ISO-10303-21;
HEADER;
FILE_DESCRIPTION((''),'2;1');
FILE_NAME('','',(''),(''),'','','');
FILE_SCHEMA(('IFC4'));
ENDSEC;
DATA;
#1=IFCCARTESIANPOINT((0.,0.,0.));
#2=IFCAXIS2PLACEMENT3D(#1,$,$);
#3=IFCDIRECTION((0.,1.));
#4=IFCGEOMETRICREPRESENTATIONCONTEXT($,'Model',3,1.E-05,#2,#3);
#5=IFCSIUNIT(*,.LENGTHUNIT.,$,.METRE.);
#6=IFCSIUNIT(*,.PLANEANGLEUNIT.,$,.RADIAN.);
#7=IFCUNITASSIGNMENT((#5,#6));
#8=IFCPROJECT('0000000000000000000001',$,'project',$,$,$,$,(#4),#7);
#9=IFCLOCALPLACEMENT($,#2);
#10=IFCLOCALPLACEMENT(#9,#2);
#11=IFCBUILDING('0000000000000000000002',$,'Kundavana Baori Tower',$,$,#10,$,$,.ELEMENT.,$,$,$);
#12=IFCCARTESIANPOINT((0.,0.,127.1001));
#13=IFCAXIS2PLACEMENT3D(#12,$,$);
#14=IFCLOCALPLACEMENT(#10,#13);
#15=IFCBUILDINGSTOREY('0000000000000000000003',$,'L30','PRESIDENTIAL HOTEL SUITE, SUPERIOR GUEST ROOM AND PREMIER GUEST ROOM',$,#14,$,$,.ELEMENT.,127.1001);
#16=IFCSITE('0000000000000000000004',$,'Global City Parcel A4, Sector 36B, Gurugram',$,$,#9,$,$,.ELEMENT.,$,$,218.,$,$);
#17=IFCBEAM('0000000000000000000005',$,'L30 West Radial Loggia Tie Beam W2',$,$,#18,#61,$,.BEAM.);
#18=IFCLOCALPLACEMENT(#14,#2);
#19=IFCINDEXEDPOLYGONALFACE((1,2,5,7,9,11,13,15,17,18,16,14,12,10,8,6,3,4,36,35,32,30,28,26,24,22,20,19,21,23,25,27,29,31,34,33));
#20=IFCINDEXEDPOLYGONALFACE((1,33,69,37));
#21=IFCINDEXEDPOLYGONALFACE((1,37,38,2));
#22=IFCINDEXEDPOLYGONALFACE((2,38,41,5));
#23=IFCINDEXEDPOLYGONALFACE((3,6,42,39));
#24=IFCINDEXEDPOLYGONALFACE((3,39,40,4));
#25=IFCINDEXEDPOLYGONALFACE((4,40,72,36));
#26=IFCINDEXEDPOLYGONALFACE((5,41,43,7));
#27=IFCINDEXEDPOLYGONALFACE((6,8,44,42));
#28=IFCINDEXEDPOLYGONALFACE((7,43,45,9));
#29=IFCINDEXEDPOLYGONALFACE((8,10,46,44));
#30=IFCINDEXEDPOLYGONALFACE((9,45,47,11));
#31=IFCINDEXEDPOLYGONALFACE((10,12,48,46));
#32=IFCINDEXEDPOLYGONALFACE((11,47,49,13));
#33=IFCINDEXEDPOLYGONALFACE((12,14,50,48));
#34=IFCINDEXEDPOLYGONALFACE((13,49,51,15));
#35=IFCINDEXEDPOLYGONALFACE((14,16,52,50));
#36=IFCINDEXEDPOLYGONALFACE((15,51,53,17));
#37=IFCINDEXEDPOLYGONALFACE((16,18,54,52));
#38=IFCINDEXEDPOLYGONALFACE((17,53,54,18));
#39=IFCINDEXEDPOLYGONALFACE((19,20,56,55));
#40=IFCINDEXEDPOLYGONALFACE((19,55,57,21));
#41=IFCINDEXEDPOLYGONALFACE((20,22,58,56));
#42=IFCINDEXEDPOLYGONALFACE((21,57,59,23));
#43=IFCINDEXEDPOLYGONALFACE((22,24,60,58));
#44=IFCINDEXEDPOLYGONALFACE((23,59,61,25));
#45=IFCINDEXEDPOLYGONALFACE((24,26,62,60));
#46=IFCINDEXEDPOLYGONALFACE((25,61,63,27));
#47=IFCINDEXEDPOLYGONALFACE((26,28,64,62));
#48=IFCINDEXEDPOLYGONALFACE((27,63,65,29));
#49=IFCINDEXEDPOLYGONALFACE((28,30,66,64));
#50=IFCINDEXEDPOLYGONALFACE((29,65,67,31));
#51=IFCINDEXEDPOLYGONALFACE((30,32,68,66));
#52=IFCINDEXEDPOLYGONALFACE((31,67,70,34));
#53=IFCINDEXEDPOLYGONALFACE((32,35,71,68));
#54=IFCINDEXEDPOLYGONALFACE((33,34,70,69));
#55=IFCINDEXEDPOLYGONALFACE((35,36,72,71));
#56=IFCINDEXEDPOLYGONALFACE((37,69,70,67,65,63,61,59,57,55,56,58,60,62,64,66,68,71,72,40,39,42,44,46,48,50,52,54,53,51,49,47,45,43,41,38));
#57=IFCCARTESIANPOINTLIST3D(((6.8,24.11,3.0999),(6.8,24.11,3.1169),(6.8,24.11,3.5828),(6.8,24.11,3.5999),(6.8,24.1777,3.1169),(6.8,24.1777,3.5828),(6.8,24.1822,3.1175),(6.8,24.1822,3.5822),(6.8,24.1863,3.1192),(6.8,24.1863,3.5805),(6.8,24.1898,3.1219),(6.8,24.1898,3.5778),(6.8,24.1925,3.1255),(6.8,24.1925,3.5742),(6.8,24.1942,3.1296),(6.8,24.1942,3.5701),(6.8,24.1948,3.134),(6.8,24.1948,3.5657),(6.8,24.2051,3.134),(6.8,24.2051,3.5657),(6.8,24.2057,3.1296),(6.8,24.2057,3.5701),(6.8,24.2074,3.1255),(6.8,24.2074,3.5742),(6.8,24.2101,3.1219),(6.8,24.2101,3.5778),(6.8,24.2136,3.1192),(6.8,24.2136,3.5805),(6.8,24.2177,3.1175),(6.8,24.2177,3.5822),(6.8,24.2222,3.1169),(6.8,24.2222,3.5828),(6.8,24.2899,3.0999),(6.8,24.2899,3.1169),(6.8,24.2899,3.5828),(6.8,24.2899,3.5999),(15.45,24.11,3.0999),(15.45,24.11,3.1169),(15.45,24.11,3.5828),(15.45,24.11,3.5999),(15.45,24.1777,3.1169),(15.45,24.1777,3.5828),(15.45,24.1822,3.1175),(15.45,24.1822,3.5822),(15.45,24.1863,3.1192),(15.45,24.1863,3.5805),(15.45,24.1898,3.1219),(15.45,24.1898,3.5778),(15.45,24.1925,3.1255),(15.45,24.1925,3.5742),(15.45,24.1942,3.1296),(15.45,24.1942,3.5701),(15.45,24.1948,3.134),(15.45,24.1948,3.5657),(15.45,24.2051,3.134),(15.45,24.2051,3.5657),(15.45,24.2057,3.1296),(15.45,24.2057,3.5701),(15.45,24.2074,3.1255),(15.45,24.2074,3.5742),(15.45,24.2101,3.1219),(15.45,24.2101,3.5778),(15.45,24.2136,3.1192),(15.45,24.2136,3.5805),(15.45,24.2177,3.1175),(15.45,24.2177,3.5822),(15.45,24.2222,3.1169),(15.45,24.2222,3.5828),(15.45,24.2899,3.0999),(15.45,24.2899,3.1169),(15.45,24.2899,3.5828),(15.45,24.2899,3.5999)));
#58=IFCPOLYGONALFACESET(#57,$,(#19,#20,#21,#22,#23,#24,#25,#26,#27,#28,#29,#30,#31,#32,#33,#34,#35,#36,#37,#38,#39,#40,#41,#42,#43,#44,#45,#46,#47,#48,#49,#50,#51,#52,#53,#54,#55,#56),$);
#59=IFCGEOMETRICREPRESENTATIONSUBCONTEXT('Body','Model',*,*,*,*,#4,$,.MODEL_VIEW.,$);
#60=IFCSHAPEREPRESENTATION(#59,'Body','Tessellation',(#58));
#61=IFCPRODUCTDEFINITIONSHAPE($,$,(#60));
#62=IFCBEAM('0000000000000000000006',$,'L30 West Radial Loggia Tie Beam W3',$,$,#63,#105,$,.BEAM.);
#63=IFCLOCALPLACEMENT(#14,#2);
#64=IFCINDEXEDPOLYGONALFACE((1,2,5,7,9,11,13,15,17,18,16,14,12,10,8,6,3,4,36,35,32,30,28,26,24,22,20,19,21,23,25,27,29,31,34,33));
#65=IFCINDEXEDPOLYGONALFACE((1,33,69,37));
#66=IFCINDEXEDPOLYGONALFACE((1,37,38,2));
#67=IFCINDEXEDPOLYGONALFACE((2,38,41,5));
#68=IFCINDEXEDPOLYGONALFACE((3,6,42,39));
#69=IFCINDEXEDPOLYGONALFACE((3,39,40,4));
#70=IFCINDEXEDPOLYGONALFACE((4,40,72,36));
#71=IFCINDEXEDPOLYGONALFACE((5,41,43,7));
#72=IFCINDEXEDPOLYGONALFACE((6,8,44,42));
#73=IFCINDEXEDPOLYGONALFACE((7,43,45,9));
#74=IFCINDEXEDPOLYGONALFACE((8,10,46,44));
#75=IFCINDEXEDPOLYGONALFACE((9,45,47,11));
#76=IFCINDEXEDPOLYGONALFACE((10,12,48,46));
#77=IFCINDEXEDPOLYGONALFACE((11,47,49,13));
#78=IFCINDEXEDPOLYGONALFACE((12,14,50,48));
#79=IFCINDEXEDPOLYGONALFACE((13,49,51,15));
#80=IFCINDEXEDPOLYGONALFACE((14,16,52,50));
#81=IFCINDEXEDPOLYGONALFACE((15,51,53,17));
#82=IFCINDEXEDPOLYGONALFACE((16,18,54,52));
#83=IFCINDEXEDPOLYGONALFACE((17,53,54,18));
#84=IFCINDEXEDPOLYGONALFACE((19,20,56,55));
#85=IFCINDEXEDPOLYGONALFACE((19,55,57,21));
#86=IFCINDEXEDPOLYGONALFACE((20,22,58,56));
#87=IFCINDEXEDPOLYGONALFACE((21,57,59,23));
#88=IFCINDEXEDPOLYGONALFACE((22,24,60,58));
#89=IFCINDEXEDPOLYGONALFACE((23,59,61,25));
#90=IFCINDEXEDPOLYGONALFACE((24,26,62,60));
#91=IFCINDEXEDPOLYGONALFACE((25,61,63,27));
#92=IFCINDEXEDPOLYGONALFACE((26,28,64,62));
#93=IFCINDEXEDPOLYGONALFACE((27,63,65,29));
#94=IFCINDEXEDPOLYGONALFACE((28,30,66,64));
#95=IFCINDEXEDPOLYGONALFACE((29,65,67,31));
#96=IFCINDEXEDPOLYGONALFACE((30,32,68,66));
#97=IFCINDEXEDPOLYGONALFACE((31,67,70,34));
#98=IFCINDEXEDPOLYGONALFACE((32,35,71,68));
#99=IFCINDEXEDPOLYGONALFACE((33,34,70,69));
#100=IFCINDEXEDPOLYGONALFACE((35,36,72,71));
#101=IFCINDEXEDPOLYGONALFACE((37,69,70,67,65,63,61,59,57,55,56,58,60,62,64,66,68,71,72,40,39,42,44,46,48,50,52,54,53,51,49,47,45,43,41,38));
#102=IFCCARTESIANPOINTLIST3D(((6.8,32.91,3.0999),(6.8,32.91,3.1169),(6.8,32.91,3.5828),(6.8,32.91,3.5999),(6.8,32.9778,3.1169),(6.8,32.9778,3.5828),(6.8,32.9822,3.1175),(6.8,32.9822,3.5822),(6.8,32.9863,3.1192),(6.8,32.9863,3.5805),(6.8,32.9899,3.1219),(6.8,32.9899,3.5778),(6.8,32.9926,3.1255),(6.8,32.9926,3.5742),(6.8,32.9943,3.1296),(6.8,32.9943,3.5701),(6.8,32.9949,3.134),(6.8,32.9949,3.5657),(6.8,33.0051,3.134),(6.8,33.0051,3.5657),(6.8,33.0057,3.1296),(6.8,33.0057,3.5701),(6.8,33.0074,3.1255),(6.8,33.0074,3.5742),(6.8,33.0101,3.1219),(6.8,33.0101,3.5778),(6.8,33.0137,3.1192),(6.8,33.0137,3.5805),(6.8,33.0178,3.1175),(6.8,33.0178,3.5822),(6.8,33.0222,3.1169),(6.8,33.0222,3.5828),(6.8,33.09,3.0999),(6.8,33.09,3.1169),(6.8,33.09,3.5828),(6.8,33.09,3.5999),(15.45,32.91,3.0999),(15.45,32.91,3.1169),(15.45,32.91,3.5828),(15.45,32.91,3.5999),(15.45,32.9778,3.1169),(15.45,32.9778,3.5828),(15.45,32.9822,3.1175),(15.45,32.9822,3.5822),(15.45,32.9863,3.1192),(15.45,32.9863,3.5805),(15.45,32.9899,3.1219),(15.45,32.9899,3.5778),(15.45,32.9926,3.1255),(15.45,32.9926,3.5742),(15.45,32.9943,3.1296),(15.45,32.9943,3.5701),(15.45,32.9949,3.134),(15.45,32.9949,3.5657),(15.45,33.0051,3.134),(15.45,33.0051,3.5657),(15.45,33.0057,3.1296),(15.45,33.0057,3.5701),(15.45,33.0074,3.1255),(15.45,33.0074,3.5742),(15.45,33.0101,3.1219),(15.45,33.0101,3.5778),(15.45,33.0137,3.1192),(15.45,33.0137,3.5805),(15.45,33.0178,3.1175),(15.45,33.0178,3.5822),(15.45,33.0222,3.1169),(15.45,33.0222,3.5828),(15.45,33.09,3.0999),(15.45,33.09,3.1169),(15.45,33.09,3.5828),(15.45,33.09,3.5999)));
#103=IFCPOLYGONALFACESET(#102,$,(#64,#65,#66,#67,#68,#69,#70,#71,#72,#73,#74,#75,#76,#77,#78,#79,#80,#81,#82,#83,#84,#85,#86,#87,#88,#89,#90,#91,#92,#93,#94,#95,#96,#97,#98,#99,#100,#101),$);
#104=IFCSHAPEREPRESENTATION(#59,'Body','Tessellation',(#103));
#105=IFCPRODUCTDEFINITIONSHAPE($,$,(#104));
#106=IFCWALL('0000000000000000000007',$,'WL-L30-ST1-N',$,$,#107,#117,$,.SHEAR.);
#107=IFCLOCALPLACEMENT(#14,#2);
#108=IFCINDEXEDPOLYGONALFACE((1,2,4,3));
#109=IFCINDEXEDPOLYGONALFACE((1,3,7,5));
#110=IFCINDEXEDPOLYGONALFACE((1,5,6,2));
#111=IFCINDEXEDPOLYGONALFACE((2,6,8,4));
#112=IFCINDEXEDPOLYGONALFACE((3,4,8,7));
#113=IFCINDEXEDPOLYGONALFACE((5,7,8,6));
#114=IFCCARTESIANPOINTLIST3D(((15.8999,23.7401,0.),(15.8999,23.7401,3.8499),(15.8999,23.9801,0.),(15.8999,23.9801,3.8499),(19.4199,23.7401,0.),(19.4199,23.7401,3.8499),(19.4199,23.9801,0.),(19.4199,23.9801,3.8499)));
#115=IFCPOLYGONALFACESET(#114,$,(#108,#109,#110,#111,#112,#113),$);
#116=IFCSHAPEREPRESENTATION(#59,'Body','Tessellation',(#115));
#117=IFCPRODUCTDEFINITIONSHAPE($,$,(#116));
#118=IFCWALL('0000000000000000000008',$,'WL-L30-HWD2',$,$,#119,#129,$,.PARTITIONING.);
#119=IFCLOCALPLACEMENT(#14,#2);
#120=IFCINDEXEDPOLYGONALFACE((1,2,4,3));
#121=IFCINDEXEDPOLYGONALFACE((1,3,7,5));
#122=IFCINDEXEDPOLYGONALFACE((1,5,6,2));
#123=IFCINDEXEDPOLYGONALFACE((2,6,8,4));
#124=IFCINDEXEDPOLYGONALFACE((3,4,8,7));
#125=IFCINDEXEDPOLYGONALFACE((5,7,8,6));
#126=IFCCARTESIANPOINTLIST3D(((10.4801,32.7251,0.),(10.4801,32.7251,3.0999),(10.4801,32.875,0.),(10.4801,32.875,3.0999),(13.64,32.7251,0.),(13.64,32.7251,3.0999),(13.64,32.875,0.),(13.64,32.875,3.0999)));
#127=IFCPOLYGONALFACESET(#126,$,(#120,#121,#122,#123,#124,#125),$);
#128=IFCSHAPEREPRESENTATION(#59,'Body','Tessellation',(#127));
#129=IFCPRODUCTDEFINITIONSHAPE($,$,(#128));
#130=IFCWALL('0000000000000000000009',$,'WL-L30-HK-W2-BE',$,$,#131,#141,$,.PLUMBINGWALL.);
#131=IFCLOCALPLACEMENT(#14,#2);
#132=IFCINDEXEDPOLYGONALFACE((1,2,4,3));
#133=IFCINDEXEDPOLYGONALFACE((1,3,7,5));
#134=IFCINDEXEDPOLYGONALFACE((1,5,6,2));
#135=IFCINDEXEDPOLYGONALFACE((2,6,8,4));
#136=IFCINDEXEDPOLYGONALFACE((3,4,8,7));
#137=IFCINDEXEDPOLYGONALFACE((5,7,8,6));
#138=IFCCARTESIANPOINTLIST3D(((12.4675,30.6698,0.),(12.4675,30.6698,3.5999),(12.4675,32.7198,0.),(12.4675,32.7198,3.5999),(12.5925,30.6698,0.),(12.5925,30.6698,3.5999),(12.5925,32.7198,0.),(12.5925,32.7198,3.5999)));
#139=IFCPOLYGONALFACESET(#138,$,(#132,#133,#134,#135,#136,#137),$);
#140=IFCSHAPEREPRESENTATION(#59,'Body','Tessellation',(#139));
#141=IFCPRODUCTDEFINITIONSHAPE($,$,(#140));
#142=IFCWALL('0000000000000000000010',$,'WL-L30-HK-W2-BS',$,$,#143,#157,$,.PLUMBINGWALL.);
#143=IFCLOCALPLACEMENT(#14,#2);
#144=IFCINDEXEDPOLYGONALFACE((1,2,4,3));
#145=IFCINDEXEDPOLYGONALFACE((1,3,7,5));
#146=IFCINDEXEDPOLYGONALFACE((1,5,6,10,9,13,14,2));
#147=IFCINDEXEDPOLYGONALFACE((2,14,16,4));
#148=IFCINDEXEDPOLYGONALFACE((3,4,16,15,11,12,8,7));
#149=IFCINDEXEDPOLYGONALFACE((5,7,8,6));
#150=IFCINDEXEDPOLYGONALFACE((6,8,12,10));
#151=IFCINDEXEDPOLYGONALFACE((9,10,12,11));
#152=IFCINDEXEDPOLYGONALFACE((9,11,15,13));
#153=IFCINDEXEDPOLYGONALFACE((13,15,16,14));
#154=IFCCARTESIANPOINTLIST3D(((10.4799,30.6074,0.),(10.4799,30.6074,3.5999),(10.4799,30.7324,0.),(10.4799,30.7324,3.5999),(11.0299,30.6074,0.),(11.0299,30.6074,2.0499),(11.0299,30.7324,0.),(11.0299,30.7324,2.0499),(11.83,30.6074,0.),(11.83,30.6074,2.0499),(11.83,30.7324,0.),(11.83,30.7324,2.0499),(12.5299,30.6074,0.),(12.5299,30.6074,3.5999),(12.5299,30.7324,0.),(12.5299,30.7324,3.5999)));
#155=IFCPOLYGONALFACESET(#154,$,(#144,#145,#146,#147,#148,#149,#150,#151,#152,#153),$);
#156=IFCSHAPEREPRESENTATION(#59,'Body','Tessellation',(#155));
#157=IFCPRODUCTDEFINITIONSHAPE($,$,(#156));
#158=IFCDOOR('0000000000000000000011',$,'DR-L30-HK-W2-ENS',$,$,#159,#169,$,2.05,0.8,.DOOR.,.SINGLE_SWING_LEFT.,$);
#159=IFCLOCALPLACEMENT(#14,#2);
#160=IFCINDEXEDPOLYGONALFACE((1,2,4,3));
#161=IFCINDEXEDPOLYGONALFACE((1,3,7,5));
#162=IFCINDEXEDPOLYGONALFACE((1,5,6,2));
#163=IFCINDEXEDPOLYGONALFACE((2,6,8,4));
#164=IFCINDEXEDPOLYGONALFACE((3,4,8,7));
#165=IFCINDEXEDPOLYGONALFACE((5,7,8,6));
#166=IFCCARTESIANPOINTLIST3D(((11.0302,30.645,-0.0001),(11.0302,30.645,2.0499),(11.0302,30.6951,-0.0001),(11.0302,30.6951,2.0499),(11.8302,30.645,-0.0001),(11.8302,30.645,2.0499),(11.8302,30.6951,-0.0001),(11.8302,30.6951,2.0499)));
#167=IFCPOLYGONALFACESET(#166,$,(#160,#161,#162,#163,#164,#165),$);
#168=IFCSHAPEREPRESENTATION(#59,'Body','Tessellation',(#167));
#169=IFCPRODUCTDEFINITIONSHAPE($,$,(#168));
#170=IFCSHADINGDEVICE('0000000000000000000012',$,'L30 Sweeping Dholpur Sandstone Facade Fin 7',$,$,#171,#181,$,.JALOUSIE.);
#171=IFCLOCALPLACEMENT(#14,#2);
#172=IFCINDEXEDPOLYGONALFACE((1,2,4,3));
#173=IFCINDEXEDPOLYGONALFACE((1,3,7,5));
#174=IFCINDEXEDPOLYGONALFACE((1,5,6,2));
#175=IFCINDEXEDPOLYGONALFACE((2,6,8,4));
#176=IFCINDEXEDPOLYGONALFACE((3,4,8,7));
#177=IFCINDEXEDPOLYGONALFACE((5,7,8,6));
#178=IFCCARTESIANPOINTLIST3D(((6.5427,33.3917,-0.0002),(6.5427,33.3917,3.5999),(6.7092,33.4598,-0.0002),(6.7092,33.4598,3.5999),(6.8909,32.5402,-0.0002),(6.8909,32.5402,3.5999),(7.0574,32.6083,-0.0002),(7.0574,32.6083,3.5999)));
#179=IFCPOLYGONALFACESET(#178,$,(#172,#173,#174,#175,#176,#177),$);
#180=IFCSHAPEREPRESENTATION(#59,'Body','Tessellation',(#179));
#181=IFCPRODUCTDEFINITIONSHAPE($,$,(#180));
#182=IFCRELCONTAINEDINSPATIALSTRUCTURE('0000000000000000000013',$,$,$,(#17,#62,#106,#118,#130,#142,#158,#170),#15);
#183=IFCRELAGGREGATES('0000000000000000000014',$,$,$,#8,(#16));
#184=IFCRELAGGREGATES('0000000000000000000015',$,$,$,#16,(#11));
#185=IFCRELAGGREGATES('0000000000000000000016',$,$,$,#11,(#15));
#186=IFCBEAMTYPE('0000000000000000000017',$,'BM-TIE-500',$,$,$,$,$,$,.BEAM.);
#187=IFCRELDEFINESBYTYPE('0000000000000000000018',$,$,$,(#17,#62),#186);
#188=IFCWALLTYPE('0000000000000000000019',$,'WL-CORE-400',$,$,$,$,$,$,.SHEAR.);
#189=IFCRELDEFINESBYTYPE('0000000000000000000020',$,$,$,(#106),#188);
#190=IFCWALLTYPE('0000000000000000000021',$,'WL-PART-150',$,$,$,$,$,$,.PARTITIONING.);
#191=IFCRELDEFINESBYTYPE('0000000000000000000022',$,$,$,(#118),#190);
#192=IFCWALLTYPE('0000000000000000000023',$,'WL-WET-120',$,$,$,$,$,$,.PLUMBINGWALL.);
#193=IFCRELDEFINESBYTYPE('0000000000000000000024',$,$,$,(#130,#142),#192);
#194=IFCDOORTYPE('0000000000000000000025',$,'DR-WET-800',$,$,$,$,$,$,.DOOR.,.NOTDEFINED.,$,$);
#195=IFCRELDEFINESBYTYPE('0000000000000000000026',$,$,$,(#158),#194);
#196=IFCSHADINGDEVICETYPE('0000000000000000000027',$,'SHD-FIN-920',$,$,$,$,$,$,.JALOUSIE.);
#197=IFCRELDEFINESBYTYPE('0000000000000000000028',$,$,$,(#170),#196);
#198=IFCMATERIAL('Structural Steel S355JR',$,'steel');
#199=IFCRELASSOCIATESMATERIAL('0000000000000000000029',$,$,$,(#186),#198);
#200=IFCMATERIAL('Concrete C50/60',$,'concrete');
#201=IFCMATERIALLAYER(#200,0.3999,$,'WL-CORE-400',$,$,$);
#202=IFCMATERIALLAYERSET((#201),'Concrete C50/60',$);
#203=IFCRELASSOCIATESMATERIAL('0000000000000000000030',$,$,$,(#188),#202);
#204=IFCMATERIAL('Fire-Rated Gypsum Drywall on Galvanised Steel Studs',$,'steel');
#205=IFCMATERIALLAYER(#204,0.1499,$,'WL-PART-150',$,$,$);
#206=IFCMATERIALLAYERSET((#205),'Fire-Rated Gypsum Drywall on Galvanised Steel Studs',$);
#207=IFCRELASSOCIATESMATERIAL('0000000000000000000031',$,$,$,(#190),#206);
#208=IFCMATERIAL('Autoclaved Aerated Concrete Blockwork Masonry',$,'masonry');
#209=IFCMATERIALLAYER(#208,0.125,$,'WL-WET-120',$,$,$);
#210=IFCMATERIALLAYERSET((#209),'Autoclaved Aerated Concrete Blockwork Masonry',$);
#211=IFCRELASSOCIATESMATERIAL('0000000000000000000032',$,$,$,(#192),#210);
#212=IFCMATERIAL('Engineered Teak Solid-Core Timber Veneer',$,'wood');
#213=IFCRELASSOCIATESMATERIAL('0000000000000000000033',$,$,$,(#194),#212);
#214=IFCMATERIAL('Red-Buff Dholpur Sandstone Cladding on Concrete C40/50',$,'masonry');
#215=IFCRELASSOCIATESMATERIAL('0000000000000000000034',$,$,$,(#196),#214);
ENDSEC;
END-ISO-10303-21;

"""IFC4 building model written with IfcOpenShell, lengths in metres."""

from ifc_helpers import new_model, si_unit, direction, frame, frame_2d, origin, origin_2d, place, context, subcontext, project, spatial, rectangle, i_section, extrude, material, layer, layer_set, material_profile, profile_set, type_object, element, fill, save


model = new_model("IFC4")

# Units and contexts
model_context = context("Model", 3, precision=1e-05, world=origin(), true_north=direction((0.0, 1.0)))
body_context = subcontext(model_context, "Body", "Model", "MODEL_VIEW")
ifc_project = project(units=[si_unit("LENGTHUNIT", "METRE"), si_unit("PLANEANGLEUNIT", "RADIAN")], contexts=[model_context])

# Site, building, storey
site_placement = place(None, origin())
site = spatial("IfcSite", under=ifc_project, at=site_placement, Name="Global City Parcel A4, Sector 36B, Gurugram", CompositionType="ELEMENT", RefElevation=218.0)
building_placement = place(site_placement, origin())
building = spatial("IfcBuilding", under=site, at=building_placement, Name="Kundavana Baori Tower", CompositionType="ELEMENT")
storey_placement = place(building_placement, frame((0.0, 0.0, 127.1001)))
storey = spatial("IfcBuildingStorey", under=building, at=storey_placement, Name="L30", Description="PRESIDENTIAL HOTEL SUITE, SUPERIOR GUEST ROOM AND PREMIER GUEST ROOM", CompositionType="ELEMENT", Elevation=127.1001)

# Beams
ifc_material_1 = material(Name="Structural Steel S355JR", Category="steel")
ifc_material_profile_1 = material_profile(ifc_material_1, i_section(OverallWidth=0.1799, OverallDepth=0.5, WebThickness=0.0103, FlangeThickness=0.0171, FilletRadius=0.0171, at=origin_2d()), Name="ISMB 500")
ifc_profile_set_1 = profile_set([ifc_material_profile_1], Name="Structural Steel S355JR")
beam_type_1 = type_object("IfcBeamType", Name="BM-TIE-500", PredefinedType="BEAM", material=ifc_profile_set_1)
for number, where, z_axis, x_axis, name in (
    (1, (15.45, 24.2, 3.3499), (-1.0, 0.0, 0.0), (0.0, -1.0, 0.0), "L30 West Radial Loggia Tie Beam W2"),
    (2, (15.45, 33.0, 3.3499), (-1.0, 0.0, 0.0), (0.0, -1.0, 0.0), "L30 West Radial Loggia Tie Beam W3"),
):
    element("IfcBeam", number, at=place(storey_placement, frame(where, z_axis=z_axis, x_axis=x_axis)), inside=storey, type_object=beam_type_1, Name=name, PredefinedType="BEAM", context=body_context, shape_type="SweptSolid", body=[
        extrude(i_section(OverallWidth=0.1799, OverallDepth=0.5, WebThickness=0.0103, FlangeThickness=0.0171, FilletRadius=0.0171, at=origin_2d()), origin(), (0.0, 0.0, 1.0), 8.6499),
    ])

# Walls
ifc_material_2 = material(Name="Concrete C50/60", Category="concrete")
ifc_layer_1 = layer(ifc_material_2, 0.3999, Name="WL-CORE-400")
ifc_layer_set_1 = layer_set([ifc_layer_1], Name="Concrete C50/60")
wall_type_1 = type_object("IfcWallType", Name="WL-CORE-400", PredefinedType="SHEAR", material=ifc_layer_set_1)
wall_1_placement = place(storey_placement, frame((15.8999, 23.8601, 0.0), z_axis=(0.0, 0.0, 1.0), x_axis=(1.0, 0.0, 0.0)))
element("IfcWall", 3, at=wall_1_placement, inside=storey, type_object=wall_type_1, Name="WL-L30-ST1-N", PredefinedType="SHEAR", context=body_context, shape_type="SweptSolid", body=[
    extrude(rectangle(XDim=3.52, YDim=0.24, at=frame_2d((1.76, 0.0))), origin(), (0.0, 0.0, 1.0), 3.8499),
])
ifc_material_3 = material(Name="Fire-Rated Gypsum Drywall on Galvanised Steel Studs", Category="steel")
ifc_layer_2 = layer(ifc_material_3, 0.1499, Name="WL-PART-150")
ifc_layer_set_2 = layer_set([ifc_layer_2], Name="Fire-Rated Gypsum Drywall on Galvanised Steel Studs")
wall_type_2 = type_object("IfcWallType", Name="WL-PART-150", PredefinedType="PARTITIONING", material=ifc_layer_set_2)
wall_2_placement = place(storey_placement, frame((10.48, 32.8, 0.0), z_axis=(0.0, 0.0, 1.0), x_axis=(1.0, 0.0, 0.0)))
element("IfcWall", 4, at=wall_2_placement, inside=storey, type_object=wall_type_2, Name="WL-L30-HWD2", PredefinedType="PARTITIONING", context=body_context, shape_type="SweptSolid", body=[
    extrude(rectangle(XDim=3.1599, YDim=0.1499, at=frame_2d((1.5801, 0.0))), origin(), (0.0, 0.0, 1.0), 3.0999),
])
ifc_material_4 = material(Name="Autoclaved Aerated Concrete Blockwork Masonry", Category="masonry")
ifc_layer_3 = layer(ifc_material_4, 0.125, Name="WL-WET-120")
ifc_layer_set_3 = layer_set([ifc_layer_3], Name="Autoclaved Aerated Concrete Blockwork Masonry")
wall_type_3 = type_object("IfcWallType", Name="WL-WET-120", PredefinedType="PLUMBINGWALL", material=ifc_layer_set_3)
wall_3_placement = place(storey_placement, frame((12.53, 30.6699, 0.0), z_axis=(0.0, 0.0, 1.0), x_axis=(0.0, 1.0, 0.0)))
element("IfcWall", 5, at=wall_3_placement, inside=storey, type_object=wall_type_3, Name="WL-L30-HK-W2-BE", PredefinedType="PLUMBINGWALL", context=body_context, shape_type="SweptSolid", body=[
    extrude(rectangle(XDim=2.05, YDim=0.125, at=frame_2d((1.0249, 0.0))), origin(), (0.0, 0.0, 1.0), 3.5999),
])

# Wall, opening, door
wall_4_placement = place(storey_placement, frame((10.48, 30.6699, 0.0), z_axis=(0.0, 0.0, 1.0), x_axis=(1.0, 0.0, 0.0)))
wall_4 = element("IfcWall", 6, at=wall_4_placement, inside=storey, type_object=wall_type_3, Name="WL-L30-HK-W2-BS", PredefinedType="PLUMBINGWALL", context=body_context, shape_type="SweptSolid", body=[
    extrude(rectangle(XDim=2.05, YDim=0.125, at=frame_2d((1.0249, 0.0))), origin(), (0.0, 0.0, 1.0), 3.5999),
])
opening_placement = place(wall_4_placement, frame((0.55, 0.0, 0.0)))
opening = element("IfcOpeningElement", 7, at=opening_placement, cuts=wall_4, PredefinedType="OPENING", context=body_context, shape_type="SweptSolid", body=[
    extrude(rectangle(XDim=0.8, YDim=2.05, at=frame_2d((0.3999, 1.0249))), frame((0.0, 0.0725, 0.0), z_axis=(0.0, -1.0, 0.0), x_axis=(1.0, 0.0, 0.0)), (0.0, 0.0, 1.0), 0.145),
])
ifc_material_5 = material(Name="Engineered Teak Solid-Core Timber Veneer", Category="wood")
door_type = type_object("IfcDoorType", Name="DR-WET-800", OperationType="NOTDEFINED", PredefinedType="DOOR", material=ifc_material_5)
door_placement = place(opening_placement, frame((0.8, 0.0, 0.0), z_axis=(0.0, 0.0, 1.0), x_axis=(-1.0, 0.0, 0.0)))
door = element("IfcDoor", 8, at=door_placement, inside=storey, type_object=door_type, Name="DR-L30-HK-W2-ENS", OperationType="SINGLE_SWING_LEFT", OverallHeight=2.05, OverallWidth=0.8, PredefinedType="DOOR", context=body_context, shape_type="SweptSolid", body=[
    extrude(rectangle(XDim=0.8, YDim=2.05, at=frame_2d((0.3999, 1.0249))), frame((0.0, 0.0249, 0.0), z_axis=(0.0, -1.0, 0.0), x_axis=(1.0, 0.0, 0.0)), (0.0, 0.0, 1.0), 0.05),
])
fill(opening, door)

# Shading device
ifc_material_6 = material(Name="Red-Buff Dholpur Sandstone Cladding on Concrete C40/50", Category="masonry")
shading_device_type_1 = type_object("IfcShadingDeviceType", Name="SHD-FIN-920", PredefinedType="JALOUSIE", material=ifc_material_6)
shading_device_1_placement = place(storey_placement, frame((6.8, 33.0, -0.0002), z_axis=(0.0, 0.0, 1.0), x_axis=(0.925607, 0.378487, 0.0)))
element("IfcShadingDevice", 9, at=shading_device_1_placement, inside=storey, type_object=shading_device_type_1, Name="L30 Sweeping Dholpur Sandstone Facade Fin 7", PredefinedType="JALOUSIE", context=body_context, shape_type="SweptSolid", body=[
    extrude(rectangle(XDim=0.1799, YDim=0.9199, at=origin_2d()), origin(), (0.0, 0.0, 1.0), 3.6001),
])

save(model, "model.ifc")
